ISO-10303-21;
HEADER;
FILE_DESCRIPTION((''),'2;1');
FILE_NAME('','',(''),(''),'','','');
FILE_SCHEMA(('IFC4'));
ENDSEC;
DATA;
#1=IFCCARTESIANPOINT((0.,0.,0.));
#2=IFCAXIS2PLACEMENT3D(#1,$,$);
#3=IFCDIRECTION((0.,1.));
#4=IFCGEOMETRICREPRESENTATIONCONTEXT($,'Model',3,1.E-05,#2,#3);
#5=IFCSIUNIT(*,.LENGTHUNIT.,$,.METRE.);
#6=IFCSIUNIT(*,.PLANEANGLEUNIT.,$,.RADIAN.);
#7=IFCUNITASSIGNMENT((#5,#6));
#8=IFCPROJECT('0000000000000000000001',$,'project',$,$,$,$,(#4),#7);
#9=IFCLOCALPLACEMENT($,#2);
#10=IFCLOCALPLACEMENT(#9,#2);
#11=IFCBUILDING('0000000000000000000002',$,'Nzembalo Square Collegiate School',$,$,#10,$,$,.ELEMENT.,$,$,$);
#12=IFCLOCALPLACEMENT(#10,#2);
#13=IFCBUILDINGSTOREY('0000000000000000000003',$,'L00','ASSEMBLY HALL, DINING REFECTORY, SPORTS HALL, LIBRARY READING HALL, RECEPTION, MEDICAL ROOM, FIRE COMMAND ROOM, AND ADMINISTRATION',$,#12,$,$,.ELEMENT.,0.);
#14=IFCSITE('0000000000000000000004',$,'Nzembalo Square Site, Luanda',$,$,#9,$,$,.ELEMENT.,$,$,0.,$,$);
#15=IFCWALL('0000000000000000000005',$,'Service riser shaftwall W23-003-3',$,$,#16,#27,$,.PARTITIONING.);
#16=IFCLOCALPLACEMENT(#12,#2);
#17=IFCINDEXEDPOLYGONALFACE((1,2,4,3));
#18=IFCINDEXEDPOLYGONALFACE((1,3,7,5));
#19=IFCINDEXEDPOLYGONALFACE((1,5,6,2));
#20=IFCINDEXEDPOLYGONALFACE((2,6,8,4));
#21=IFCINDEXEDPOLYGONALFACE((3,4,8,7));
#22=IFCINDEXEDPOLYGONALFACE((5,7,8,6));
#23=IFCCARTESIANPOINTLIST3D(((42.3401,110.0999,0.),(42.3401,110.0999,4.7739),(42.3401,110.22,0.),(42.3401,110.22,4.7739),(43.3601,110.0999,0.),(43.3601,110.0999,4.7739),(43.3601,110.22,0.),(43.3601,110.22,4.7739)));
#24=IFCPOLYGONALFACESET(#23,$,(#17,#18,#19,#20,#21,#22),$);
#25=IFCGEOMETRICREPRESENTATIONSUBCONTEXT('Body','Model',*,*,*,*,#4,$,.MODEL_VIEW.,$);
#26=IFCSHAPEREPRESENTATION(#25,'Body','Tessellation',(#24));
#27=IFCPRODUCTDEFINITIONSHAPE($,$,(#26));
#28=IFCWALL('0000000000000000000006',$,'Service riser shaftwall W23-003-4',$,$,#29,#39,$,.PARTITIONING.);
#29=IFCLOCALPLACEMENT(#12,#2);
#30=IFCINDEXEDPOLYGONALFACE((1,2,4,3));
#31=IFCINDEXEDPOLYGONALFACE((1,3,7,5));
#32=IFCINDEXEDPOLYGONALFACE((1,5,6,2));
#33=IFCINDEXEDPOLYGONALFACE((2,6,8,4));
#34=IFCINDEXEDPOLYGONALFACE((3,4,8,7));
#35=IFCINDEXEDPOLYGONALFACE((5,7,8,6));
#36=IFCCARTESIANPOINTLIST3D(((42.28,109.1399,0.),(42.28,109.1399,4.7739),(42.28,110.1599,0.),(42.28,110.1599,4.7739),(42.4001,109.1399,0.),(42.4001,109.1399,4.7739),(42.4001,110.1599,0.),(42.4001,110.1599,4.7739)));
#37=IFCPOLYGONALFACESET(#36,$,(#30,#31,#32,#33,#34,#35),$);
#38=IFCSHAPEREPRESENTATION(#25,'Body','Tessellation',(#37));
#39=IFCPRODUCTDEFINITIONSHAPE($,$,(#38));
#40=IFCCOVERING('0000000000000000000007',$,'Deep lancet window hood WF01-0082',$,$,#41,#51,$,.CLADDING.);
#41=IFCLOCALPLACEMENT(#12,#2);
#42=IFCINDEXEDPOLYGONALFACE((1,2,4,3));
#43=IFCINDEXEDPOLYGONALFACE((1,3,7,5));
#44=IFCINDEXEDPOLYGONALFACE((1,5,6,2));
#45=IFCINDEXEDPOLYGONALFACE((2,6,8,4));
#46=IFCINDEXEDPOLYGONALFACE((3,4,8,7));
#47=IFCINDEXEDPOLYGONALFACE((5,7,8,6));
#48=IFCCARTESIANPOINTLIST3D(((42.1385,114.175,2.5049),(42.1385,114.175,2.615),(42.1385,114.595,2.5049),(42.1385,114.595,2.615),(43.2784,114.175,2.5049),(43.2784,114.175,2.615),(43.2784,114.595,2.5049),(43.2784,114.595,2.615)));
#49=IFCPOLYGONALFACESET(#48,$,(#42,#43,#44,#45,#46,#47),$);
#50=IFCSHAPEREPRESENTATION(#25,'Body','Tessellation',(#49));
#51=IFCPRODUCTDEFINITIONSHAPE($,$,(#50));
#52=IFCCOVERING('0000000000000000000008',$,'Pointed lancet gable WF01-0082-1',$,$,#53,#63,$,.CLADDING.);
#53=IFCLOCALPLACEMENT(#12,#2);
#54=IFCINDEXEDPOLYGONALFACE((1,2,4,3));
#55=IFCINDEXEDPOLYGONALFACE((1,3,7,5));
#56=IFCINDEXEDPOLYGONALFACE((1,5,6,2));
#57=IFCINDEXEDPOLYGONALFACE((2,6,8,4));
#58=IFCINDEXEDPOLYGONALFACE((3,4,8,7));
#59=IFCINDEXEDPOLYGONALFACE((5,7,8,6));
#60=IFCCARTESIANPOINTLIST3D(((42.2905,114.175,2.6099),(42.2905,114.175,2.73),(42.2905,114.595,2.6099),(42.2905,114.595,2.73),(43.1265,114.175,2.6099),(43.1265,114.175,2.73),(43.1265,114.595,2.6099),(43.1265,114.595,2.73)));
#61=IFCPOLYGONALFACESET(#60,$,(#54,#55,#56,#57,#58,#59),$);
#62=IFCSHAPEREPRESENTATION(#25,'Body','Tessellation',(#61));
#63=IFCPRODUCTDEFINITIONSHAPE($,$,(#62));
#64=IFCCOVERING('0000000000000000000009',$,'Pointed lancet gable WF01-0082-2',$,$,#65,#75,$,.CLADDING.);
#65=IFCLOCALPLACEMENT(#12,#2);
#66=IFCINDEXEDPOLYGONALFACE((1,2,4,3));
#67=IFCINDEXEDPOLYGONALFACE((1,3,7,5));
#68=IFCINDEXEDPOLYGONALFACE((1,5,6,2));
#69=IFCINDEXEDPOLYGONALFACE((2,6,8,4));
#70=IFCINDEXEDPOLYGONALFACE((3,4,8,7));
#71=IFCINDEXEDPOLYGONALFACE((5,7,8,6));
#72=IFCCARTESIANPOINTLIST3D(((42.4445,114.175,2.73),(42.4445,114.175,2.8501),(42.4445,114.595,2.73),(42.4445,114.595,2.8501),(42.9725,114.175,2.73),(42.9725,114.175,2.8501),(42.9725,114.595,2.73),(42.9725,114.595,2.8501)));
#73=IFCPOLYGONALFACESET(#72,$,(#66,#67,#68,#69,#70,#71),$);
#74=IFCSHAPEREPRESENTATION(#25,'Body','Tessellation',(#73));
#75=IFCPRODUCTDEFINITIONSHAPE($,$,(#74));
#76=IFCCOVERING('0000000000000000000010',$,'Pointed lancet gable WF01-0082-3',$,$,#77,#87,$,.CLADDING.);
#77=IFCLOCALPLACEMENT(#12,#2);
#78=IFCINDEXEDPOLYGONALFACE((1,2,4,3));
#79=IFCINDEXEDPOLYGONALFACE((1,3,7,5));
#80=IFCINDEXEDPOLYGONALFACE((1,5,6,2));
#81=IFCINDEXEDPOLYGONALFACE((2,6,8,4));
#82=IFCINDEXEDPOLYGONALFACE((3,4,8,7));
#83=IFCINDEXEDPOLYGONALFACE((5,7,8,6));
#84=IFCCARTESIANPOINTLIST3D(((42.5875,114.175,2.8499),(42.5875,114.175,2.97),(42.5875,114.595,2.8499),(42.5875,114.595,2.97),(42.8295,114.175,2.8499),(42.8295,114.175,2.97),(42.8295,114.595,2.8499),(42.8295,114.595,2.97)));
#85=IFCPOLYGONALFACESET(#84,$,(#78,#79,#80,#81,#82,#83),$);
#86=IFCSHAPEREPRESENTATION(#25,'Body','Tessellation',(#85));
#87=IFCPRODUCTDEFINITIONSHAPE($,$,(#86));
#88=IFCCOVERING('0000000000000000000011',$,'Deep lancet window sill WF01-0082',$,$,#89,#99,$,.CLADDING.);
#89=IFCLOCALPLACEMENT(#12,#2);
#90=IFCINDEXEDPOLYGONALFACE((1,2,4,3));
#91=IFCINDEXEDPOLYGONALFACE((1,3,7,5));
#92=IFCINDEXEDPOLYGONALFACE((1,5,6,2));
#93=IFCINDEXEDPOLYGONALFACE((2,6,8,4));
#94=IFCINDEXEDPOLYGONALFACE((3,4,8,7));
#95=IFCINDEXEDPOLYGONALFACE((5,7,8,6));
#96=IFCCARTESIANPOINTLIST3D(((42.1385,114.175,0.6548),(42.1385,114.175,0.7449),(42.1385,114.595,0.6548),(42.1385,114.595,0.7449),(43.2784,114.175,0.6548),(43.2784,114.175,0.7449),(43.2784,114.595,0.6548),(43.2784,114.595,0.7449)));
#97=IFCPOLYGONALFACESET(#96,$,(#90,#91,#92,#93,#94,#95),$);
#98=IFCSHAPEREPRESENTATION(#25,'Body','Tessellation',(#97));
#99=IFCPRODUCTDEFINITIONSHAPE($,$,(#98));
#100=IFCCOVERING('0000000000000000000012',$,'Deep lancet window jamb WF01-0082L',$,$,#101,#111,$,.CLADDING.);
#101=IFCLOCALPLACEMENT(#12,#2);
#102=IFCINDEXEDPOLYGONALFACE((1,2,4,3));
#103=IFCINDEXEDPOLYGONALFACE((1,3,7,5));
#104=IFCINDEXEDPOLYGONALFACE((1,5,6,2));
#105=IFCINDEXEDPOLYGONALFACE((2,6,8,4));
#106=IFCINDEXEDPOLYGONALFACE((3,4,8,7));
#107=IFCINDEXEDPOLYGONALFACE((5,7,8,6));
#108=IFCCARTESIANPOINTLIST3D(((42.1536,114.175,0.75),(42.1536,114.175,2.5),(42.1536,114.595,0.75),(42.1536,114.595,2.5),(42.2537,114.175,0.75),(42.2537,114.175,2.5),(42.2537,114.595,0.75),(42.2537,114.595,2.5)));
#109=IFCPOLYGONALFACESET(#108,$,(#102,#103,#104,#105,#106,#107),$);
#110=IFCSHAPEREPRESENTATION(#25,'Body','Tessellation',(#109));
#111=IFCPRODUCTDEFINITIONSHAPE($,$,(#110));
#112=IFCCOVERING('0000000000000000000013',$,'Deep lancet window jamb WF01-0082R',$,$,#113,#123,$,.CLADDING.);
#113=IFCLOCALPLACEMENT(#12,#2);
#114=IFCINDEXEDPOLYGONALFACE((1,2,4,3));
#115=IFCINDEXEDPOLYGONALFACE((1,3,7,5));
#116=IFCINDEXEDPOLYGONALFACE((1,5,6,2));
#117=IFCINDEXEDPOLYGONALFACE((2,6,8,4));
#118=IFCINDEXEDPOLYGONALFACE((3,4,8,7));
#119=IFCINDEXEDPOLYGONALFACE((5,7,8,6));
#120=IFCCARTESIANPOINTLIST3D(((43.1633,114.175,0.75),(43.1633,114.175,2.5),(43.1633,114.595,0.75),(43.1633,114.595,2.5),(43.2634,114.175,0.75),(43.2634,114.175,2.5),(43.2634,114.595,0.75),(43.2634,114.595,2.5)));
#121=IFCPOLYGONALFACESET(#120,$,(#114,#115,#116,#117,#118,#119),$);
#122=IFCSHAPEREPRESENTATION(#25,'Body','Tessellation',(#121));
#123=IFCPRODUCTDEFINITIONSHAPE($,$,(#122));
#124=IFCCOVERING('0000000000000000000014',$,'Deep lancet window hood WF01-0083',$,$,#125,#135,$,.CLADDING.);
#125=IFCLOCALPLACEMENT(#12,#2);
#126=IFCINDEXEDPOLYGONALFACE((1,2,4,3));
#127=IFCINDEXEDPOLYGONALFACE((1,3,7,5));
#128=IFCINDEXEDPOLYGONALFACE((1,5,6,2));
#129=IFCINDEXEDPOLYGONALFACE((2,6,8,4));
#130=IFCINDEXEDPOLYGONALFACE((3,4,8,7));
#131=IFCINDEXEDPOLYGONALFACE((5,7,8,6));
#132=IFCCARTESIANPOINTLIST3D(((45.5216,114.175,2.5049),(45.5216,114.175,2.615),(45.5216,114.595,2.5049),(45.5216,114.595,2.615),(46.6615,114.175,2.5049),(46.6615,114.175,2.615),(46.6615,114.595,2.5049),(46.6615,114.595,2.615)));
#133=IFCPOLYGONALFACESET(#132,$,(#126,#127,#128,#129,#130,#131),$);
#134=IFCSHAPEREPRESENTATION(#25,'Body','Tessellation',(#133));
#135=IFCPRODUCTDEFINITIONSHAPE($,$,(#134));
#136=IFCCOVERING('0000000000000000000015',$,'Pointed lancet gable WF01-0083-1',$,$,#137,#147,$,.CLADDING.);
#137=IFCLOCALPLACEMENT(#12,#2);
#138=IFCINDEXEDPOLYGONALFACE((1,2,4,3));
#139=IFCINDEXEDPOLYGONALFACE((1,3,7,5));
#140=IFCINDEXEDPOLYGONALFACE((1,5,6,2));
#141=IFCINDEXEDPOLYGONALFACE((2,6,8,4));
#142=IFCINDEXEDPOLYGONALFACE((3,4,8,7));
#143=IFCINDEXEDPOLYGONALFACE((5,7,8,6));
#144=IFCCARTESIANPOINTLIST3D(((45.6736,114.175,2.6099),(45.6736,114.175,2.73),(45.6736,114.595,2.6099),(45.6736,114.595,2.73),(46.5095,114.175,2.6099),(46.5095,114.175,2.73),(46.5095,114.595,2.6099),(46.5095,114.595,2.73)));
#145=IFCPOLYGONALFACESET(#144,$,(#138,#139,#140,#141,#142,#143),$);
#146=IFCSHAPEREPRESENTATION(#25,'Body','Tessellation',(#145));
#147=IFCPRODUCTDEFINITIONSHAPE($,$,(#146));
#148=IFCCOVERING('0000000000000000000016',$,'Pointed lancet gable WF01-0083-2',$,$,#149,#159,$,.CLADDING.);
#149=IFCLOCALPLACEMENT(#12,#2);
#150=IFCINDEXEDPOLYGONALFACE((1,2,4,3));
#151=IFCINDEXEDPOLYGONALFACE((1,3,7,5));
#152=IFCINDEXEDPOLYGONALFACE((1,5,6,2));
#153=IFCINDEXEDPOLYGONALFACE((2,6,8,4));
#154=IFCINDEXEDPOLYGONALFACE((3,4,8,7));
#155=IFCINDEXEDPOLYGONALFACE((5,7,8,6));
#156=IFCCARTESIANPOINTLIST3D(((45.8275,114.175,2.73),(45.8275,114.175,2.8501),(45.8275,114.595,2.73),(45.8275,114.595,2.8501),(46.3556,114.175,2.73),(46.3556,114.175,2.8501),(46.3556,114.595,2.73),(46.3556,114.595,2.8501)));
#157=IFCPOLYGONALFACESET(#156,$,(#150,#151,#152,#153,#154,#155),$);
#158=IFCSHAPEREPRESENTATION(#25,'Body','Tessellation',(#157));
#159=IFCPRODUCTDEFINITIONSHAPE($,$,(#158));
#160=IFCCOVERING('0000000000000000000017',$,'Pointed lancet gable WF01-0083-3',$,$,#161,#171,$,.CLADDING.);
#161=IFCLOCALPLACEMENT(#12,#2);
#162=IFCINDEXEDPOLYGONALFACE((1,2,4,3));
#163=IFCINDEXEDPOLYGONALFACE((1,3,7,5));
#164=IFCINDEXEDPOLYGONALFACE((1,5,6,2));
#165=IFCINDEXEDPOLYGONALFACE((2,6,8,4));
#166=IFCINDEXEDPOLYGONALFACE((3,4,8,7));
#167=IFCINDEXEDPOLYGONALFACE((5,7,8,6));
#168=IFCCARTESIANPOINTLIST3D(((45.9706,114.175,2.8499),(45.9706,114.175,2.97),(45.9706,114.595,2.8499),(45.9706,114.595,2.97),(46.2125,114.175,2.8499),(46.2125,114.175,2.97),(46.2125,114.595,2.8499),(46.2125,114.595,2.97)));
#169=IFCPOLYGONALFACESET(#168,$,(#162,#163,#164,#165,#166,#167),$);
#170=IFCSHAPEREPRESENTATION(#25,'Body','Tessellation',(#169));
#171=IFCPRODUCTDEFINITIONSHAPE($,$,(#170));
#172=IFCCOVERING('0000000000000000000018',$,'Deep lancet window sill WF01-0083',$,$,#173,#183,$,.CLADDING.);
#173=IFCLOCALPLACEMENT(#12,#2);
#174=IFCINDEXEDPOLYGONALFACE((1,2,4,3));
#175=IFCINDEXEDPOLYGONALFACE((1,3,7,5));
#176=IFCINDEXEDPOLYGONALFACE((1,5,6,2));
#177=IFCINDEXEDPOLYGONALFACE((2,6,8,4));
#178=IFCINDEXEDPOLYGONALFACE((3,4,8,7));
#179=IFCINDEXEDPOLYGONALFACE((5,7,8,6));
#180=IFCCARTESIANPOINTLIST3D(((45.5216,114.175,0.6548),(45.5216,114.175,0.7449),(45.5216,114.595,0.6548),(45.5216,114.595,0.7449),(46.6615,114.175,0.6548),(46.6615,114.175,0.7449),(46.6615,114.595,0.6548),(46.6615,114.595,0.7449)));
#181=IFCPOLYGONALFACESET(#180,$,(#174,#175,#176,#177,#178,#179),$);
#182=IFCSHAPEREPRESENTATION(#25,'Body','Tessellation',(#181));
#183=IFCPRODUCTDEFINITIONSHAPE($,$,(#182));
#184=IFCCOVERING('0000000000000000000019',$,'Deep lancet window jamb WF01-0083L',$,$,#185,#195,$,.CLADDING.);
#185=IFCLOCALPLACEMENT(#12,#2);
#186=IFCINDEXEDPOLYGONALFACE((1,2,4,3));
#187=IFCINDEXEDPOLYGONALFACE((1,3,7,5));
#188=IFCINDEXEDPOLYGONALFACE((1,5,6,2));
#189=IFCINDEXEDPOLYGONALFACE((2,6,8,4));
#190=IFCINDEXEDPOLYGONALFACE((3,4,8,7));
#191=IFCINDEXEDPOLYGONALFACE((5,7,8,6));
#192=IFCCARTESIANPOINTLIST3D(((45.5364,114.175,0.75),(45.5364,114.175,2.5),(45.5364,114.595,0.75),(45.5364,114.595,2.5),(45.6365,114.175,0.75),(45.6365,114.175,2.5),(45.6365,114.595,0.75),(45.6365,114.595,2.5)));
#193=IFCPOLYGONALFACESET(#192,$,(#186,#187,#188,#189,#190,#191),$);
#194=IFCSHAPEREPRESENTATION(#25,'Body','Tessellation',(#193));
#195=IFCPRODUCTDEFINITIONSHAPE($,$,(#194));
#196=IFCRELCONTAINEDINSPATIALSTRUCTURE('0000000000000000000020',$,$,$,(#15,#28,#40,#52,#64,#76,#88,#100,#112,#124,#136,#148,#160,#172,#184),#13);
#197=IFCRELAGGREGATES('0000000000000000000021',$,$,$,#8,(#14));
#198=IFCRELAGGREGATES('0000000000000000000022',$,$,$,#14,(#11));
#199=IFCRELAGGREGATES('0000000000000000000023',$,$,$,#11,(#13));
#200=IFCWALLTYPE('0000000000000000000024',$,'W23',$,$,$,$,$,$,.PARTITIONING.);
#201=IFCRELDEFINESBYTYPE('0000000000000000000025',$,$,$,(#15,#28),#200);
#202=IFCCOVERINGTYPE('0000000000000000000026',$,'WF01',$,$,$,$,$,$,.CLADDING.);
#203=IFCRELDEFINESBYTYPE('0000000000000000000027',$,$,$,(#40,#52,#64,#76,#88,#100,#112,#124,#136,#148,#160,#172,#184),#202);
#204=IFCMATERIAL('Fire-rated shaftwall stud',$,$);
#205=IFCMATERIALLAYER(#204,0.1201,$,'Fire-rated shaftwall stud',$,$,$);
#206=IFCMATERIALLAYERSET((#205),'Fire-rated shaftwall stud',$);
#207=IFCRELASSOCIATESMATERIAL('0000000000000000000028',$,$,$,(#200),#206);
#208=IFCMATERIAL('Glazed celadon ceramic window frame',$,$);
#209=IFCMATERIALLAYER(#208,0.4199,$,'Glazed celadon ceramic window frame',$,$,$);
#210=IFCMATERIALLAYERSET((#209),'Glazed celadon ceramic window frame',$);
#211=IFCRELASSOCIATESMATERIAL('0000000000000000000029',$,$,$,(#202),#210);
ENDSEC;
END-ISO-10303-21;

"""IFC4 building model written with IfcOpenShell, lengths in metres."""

from ifc_helpers import new_model, si_unit, direction, frame, frame_2d, origin, origin_2d, place, context, subcontext, project, spatial, rectangle, extrude, material, layer, layer_set, type_object, element, save


model = new_model("IFC4")

# Units and contexts
model_context = context("Model", 3, precision=1e-05, world=origin(), true_north=direction((0.0, 1.0)))
body_context = subcontext(model_context, "Body", "Model", "MODEL_VIEW")
ifc_project = project(units=[si_unit("LENGTHUNIT", "METRE"), si_unit("PLANEANGLEUNIT", "RADIAN")], contexts=[model_context])

# Site, building, storey
site_placement = place(None, origin())
site = spatial("IfcSite", under=ifc_project, at=site_placement, Name="Nzembalo Square Site, Luanda", CompositionType="ELEMENT", RefElevation=0.0)
building_placement = place(site_placement, origin())
building = spatial("IfcBuilding", under=site, at=building_placement, Name="Nzembalo Square Collegiate School", CompositionType="ELEMENT")
storey_placement = place(building_placement, origin())
storey = spatial("IfcBuildingStorey", under=building, at=storey_placement, Name="L00", Description="ASSEMBLY HALL, DINING REFECTORY, SPORTS HALL, LIBRARY READING HALL, RECEPTION, MEDICAL ROOM, FIRE COMMAND ROOM, AND ADMINISTRATION", CompositionType="ELEMENT", Elevation=0.0)

# Walls
ifc_material_1 = material(Name="Fire-rated shaftwall stud")
ifc_layer_1 = layer(ifc_material_1, 0.1201, Name="Fire-rated shaftwall stud")
ifc_layer_set_1 = layer_set([ifc_layer_1], Name="Fire-rated shaftwall stud")
wall_type_1 = type_object("IfcWallType", Name="W23", PredefinedType="PARTITIONING", material=ifc_layer_set_1)
for number, where, z_axis, x_axis, name in (
    (1, (43.3601, 110.1599, 0.0), (0.0, 0.0, 1.0), (-1.0, 0.0, 0.0), "Service riser shaftwall W23-003-3"),
    (2, (42.3401, 110.1599, 0.0), (0.0, 0.0, 1.0), (0.0, -1.0, 0.0), "Service riser shaftwall W23-003-4"),
):
    element("IfcWall", number, at=place(storey_placement, frame(where, z_axis=z_axis, x_axis=x_axis)), inside=storey, type_object=wall_type_1, Name=name, PredefinedType="PARTITIONING", context=body_context, shape_type="SweptSolid", body=[
        extrude(rectangle(XDim=1.02, YDim=0.1201, at=frame_2d((0.51, 0.0))), origin(), (0.0, 0.0, 1.0), 4.7739),
    ])

# Coverings
ifc_material_2 = material(Name="Glazed celadon ceramic window frame")
ifc_layer_2 = layer(ifc_material_2, 0.4199, Name="Glazed celadon ceramic window frame")
ifc_layer_set_2 = layer_set([ifc_layer_2], Name="Glazed celadon ceramic window frame")
covering_type = type_object("IfcCoveringType", Name="WF01", PredefinedType="CLADDING", material=ifc_layer_set_2)
covering_1_placement = place(storey_placement, frame((42.7085, 114.385, 2.5049), z_axis=(0.0, 0.0, 1.0), x_axis=(1.0, 0.0, 0.0)))
element("IfcCovering", 3, at=covering_1_placement, inside=storey, type_object=covering_type, Name="Deep lancet window hood WF01-0082", PredefinedType="CLADDING", context=body_context, shape_type="SweptSolid", body=[
    extrude(rectangle(XDim=1.1399, YDim=0.4199, at=origin_2d()), origin(), (0.0, 0.0, 1.0), 0.1101),
])
covering_2_placement = place(storey_placement, frame((42.7085, 114.385, 2.6099), z_axis=(0.0, 0.0, 1.0), x_axis=(1.0, 0.0, 0.0)))
element("IfcCovering", 4, at=covering_2_placement, inside=storey, type_object=covering_type, Name="Pointed lancet gable WF01-0082-1", PredefinedType="CLADDING", context=body_context, shape_type="SweptSolid", body=[
    extrude(rectangle(XDim=0.8359, YDim=0.4199, at=origin_2d()), origin(), (0.0, 0.0, 1.0), 0.1201),
])
covering_3_placement = place(storey_placement, frame((42.7085, 114.385, 2.73), z_axis=(0.0, 0.0, 1.0), x_axis=(1.0, 0.0, 0.0)))
element("IfcCovering", 5, at=covering_3_placement, inside=storey, type_object=covering_type, Name="Pointed lancet gable WF01-0082-2", PredefinedType="CLADDING", context=body_context, shape_type="SweptSolid", body=[
    extrude(rectangle(XDim=0.5281, YDim=0.4199, at=origin_2d()), origin(), (0.0, 0.0, 1.0), 0.1201),
])
covering_4_placement = place(storey_placement, frame((42.7085, 114.385, 2.8499), z_axis=(0.0, 0.0, 1.0), x_axis=(1.0, 0.0, 0.0)))
element("IfcCovering", 6, at=covering_4_placement, inside=storey, type_object=covering_type, Name="Pointed lancet gable WF01-0082-3", PredefinedType="CLADDING", context=body_context, shape_type="SweptSolid", body=[
    extrude(rectangle(XDim=0.2419, YDim=0.4199, at=origin_2d()), origin(), (0.0, 0.0, 1.0), 0.1201),
])
covering_5_placement = place(storey_placement, frame((42.7085, 114.385, 0.6548), z_axis=(0.0, 0.0, 1.0), x_axis=(1.0, 0.0, 0.0)))
element("IfcCovering", 7, at=covering_5_placement, inside=storey, type_object=covering_type, Name="Deep lancet window sill WF01-0082", PredefinedType="CLADDING", context=body_context, shape_type="SweptSolid", body=[
    extrude(rectangle(XDim=1.1399, YDim=0.4199, at=origin_2d()), origin(), (0.0, 0.0, 1.0), 0.0901),
])
for number, where, z_axis, x_axis, name in (
    (8, (42.2036, 114.385, 0.75), (0.0, 0.0, 1.0), (1.0, 0.0, 0.0), "Deep lancet window jamb WF01-0082L"),
    (9, (43.2134, 114.385, 0.75), (0.0, 0.0, 1.0), (1.0, 0.0, 0.0), "Deep lancet window jamb WF01-0082R"),
):
    element("IfcCovering", number, at=place(storey_placement, frame(where, z_axis=z_axis, x_axis=x_axis)), inside=storey, type_object=covering_type, Name=name, PredefinedType="CLADDING", context=body_context, shape_type="SweptSolid", body=[
        extrude(rectangle(XDim=0.1001, YDim=0.4199, at=origin_2d()), origin(), (0.0, 0.0, 1.0), 1.75),
    ])
covering_6_placement = place(storey_placement, frame((46.0916, 114.385, 2.5049), z_axis=(0.0, 0.0, 1.0), x_axis=(1.0, 0.0, 0.0)))
element("IfcCovering", 10, at=covering_6_placement, inside=storey, type_object=covering_type, Name="Deep lancet window hood WF01-0083", PredefinedType="CLADDING", context=body_context, shape_type="SweptSolid", body=[
    extrude(rectangle(XDim=1.1399, YDim=0.4199, at=origin_2d()), origin(), (0.0, 0.0, 1.0), 0.1101),
])
covering_7_placement = place(storey_placement, frame((46.0916, 114.385, 2.6099), z_axis=(0.0, 0.0, 1.0), x_axis=(1.0, 0.0, 0.0)))
element("IfcCovering", 11, at=covering_7_placement, inside=storey, type_object=covering_type, Name="Pointed lancet gable WF01-0083-1", PredefinedType="CLADDING", context=body_context, shape_type="SweptSolid", body=[
    extrude(rectangle(XDim=0.8359, YDim=0.4199, at=origin_2d()), origin(), (0.0, 0.0, 1.0), 0.1201),
])
covering_8_placement = place(storey_placement, frame((46.0916, 114.385, 2.73), z_axis=(0.0, 0.0, 1.0), x_axis=(1.0, 0.0, 0.0)))
element("IfcCovering", 12, at=covering_8_placement, inside=storey, type_object=covering_type, Name="Pointed lancet gable WF01-0083-2", PredefinedType="CLADDING", context=body_context, shape_type="SweptSolid", body=[
    extrude(rectangle(XDim=0.5281, YDim=0.4199, at=origin_2d()), origin(), (0.0, 0.0, 1.0), 0.1201),
])
covering_9_placement = place(storey_placement, frame((46.0916, 114.385, 2.8499), z_axis=(0.0, 0.0, 1.0), x_axis=(1.0, 0.0, 0.0)))
element("IfcCovering", 13, at=covering_9_placement, inside=storey, type_object=covering_type, Name="Pointed lancet gable WF01-0083-3", PredefinedType="CLADDING", context=body_context, shape_type="SweptSolid", body=[
    extrude(rectangle(XDim=0.2419, YDim=0.4199, at=origin_2d()), origin(), (0.0, 0.0, 1.0), 0.1201),
])
covering_10_placement = place(storey_placement, frame((46.0916, 114.385, 0.6548), z_axis=(0.0, 0.0, 1.0), x_axis=(1.0, 0.0, 0.0)))
element("IfcCovering", 14, at=covering_10_placement, inside=storey, type_object=covering_type, Name="Deep lancet window sill WF01-0083", PredefinedType="CLADDING", context=body_context, shape_type="SweptSolid", body=[
    extrude(rectangle(XDim=1.1399, YDim=0.4199, at=origin_2d()), origin(), (0.0, 0.0, 1.0), 0.0901),
])
for number, where, z_axis, x_axis, name in (
    (15, (45.5864, 114.385, 0.75), (0.0, 0.0, 1.0), (1.0, 0.0, 0.0), "Deep lancet window jamb WF01-0083L"),
):
    element("IfcCovering", number, at=place(storey_placement, frame(where, z_axis=z_axis, x_axis=x_axis)), inside=storey, type_object=covering_type, Name=name, PredefinedType="CLADDING", context=body_context, shape_type="SweptSolid", body=[
        extrude(rectangle(XDim=0.1001, YDim=0.4199, at=origin_2d()), origin(), (0.0, 0.0, 1.0), 1.75),
    ])

save(model, "model.ifc")
